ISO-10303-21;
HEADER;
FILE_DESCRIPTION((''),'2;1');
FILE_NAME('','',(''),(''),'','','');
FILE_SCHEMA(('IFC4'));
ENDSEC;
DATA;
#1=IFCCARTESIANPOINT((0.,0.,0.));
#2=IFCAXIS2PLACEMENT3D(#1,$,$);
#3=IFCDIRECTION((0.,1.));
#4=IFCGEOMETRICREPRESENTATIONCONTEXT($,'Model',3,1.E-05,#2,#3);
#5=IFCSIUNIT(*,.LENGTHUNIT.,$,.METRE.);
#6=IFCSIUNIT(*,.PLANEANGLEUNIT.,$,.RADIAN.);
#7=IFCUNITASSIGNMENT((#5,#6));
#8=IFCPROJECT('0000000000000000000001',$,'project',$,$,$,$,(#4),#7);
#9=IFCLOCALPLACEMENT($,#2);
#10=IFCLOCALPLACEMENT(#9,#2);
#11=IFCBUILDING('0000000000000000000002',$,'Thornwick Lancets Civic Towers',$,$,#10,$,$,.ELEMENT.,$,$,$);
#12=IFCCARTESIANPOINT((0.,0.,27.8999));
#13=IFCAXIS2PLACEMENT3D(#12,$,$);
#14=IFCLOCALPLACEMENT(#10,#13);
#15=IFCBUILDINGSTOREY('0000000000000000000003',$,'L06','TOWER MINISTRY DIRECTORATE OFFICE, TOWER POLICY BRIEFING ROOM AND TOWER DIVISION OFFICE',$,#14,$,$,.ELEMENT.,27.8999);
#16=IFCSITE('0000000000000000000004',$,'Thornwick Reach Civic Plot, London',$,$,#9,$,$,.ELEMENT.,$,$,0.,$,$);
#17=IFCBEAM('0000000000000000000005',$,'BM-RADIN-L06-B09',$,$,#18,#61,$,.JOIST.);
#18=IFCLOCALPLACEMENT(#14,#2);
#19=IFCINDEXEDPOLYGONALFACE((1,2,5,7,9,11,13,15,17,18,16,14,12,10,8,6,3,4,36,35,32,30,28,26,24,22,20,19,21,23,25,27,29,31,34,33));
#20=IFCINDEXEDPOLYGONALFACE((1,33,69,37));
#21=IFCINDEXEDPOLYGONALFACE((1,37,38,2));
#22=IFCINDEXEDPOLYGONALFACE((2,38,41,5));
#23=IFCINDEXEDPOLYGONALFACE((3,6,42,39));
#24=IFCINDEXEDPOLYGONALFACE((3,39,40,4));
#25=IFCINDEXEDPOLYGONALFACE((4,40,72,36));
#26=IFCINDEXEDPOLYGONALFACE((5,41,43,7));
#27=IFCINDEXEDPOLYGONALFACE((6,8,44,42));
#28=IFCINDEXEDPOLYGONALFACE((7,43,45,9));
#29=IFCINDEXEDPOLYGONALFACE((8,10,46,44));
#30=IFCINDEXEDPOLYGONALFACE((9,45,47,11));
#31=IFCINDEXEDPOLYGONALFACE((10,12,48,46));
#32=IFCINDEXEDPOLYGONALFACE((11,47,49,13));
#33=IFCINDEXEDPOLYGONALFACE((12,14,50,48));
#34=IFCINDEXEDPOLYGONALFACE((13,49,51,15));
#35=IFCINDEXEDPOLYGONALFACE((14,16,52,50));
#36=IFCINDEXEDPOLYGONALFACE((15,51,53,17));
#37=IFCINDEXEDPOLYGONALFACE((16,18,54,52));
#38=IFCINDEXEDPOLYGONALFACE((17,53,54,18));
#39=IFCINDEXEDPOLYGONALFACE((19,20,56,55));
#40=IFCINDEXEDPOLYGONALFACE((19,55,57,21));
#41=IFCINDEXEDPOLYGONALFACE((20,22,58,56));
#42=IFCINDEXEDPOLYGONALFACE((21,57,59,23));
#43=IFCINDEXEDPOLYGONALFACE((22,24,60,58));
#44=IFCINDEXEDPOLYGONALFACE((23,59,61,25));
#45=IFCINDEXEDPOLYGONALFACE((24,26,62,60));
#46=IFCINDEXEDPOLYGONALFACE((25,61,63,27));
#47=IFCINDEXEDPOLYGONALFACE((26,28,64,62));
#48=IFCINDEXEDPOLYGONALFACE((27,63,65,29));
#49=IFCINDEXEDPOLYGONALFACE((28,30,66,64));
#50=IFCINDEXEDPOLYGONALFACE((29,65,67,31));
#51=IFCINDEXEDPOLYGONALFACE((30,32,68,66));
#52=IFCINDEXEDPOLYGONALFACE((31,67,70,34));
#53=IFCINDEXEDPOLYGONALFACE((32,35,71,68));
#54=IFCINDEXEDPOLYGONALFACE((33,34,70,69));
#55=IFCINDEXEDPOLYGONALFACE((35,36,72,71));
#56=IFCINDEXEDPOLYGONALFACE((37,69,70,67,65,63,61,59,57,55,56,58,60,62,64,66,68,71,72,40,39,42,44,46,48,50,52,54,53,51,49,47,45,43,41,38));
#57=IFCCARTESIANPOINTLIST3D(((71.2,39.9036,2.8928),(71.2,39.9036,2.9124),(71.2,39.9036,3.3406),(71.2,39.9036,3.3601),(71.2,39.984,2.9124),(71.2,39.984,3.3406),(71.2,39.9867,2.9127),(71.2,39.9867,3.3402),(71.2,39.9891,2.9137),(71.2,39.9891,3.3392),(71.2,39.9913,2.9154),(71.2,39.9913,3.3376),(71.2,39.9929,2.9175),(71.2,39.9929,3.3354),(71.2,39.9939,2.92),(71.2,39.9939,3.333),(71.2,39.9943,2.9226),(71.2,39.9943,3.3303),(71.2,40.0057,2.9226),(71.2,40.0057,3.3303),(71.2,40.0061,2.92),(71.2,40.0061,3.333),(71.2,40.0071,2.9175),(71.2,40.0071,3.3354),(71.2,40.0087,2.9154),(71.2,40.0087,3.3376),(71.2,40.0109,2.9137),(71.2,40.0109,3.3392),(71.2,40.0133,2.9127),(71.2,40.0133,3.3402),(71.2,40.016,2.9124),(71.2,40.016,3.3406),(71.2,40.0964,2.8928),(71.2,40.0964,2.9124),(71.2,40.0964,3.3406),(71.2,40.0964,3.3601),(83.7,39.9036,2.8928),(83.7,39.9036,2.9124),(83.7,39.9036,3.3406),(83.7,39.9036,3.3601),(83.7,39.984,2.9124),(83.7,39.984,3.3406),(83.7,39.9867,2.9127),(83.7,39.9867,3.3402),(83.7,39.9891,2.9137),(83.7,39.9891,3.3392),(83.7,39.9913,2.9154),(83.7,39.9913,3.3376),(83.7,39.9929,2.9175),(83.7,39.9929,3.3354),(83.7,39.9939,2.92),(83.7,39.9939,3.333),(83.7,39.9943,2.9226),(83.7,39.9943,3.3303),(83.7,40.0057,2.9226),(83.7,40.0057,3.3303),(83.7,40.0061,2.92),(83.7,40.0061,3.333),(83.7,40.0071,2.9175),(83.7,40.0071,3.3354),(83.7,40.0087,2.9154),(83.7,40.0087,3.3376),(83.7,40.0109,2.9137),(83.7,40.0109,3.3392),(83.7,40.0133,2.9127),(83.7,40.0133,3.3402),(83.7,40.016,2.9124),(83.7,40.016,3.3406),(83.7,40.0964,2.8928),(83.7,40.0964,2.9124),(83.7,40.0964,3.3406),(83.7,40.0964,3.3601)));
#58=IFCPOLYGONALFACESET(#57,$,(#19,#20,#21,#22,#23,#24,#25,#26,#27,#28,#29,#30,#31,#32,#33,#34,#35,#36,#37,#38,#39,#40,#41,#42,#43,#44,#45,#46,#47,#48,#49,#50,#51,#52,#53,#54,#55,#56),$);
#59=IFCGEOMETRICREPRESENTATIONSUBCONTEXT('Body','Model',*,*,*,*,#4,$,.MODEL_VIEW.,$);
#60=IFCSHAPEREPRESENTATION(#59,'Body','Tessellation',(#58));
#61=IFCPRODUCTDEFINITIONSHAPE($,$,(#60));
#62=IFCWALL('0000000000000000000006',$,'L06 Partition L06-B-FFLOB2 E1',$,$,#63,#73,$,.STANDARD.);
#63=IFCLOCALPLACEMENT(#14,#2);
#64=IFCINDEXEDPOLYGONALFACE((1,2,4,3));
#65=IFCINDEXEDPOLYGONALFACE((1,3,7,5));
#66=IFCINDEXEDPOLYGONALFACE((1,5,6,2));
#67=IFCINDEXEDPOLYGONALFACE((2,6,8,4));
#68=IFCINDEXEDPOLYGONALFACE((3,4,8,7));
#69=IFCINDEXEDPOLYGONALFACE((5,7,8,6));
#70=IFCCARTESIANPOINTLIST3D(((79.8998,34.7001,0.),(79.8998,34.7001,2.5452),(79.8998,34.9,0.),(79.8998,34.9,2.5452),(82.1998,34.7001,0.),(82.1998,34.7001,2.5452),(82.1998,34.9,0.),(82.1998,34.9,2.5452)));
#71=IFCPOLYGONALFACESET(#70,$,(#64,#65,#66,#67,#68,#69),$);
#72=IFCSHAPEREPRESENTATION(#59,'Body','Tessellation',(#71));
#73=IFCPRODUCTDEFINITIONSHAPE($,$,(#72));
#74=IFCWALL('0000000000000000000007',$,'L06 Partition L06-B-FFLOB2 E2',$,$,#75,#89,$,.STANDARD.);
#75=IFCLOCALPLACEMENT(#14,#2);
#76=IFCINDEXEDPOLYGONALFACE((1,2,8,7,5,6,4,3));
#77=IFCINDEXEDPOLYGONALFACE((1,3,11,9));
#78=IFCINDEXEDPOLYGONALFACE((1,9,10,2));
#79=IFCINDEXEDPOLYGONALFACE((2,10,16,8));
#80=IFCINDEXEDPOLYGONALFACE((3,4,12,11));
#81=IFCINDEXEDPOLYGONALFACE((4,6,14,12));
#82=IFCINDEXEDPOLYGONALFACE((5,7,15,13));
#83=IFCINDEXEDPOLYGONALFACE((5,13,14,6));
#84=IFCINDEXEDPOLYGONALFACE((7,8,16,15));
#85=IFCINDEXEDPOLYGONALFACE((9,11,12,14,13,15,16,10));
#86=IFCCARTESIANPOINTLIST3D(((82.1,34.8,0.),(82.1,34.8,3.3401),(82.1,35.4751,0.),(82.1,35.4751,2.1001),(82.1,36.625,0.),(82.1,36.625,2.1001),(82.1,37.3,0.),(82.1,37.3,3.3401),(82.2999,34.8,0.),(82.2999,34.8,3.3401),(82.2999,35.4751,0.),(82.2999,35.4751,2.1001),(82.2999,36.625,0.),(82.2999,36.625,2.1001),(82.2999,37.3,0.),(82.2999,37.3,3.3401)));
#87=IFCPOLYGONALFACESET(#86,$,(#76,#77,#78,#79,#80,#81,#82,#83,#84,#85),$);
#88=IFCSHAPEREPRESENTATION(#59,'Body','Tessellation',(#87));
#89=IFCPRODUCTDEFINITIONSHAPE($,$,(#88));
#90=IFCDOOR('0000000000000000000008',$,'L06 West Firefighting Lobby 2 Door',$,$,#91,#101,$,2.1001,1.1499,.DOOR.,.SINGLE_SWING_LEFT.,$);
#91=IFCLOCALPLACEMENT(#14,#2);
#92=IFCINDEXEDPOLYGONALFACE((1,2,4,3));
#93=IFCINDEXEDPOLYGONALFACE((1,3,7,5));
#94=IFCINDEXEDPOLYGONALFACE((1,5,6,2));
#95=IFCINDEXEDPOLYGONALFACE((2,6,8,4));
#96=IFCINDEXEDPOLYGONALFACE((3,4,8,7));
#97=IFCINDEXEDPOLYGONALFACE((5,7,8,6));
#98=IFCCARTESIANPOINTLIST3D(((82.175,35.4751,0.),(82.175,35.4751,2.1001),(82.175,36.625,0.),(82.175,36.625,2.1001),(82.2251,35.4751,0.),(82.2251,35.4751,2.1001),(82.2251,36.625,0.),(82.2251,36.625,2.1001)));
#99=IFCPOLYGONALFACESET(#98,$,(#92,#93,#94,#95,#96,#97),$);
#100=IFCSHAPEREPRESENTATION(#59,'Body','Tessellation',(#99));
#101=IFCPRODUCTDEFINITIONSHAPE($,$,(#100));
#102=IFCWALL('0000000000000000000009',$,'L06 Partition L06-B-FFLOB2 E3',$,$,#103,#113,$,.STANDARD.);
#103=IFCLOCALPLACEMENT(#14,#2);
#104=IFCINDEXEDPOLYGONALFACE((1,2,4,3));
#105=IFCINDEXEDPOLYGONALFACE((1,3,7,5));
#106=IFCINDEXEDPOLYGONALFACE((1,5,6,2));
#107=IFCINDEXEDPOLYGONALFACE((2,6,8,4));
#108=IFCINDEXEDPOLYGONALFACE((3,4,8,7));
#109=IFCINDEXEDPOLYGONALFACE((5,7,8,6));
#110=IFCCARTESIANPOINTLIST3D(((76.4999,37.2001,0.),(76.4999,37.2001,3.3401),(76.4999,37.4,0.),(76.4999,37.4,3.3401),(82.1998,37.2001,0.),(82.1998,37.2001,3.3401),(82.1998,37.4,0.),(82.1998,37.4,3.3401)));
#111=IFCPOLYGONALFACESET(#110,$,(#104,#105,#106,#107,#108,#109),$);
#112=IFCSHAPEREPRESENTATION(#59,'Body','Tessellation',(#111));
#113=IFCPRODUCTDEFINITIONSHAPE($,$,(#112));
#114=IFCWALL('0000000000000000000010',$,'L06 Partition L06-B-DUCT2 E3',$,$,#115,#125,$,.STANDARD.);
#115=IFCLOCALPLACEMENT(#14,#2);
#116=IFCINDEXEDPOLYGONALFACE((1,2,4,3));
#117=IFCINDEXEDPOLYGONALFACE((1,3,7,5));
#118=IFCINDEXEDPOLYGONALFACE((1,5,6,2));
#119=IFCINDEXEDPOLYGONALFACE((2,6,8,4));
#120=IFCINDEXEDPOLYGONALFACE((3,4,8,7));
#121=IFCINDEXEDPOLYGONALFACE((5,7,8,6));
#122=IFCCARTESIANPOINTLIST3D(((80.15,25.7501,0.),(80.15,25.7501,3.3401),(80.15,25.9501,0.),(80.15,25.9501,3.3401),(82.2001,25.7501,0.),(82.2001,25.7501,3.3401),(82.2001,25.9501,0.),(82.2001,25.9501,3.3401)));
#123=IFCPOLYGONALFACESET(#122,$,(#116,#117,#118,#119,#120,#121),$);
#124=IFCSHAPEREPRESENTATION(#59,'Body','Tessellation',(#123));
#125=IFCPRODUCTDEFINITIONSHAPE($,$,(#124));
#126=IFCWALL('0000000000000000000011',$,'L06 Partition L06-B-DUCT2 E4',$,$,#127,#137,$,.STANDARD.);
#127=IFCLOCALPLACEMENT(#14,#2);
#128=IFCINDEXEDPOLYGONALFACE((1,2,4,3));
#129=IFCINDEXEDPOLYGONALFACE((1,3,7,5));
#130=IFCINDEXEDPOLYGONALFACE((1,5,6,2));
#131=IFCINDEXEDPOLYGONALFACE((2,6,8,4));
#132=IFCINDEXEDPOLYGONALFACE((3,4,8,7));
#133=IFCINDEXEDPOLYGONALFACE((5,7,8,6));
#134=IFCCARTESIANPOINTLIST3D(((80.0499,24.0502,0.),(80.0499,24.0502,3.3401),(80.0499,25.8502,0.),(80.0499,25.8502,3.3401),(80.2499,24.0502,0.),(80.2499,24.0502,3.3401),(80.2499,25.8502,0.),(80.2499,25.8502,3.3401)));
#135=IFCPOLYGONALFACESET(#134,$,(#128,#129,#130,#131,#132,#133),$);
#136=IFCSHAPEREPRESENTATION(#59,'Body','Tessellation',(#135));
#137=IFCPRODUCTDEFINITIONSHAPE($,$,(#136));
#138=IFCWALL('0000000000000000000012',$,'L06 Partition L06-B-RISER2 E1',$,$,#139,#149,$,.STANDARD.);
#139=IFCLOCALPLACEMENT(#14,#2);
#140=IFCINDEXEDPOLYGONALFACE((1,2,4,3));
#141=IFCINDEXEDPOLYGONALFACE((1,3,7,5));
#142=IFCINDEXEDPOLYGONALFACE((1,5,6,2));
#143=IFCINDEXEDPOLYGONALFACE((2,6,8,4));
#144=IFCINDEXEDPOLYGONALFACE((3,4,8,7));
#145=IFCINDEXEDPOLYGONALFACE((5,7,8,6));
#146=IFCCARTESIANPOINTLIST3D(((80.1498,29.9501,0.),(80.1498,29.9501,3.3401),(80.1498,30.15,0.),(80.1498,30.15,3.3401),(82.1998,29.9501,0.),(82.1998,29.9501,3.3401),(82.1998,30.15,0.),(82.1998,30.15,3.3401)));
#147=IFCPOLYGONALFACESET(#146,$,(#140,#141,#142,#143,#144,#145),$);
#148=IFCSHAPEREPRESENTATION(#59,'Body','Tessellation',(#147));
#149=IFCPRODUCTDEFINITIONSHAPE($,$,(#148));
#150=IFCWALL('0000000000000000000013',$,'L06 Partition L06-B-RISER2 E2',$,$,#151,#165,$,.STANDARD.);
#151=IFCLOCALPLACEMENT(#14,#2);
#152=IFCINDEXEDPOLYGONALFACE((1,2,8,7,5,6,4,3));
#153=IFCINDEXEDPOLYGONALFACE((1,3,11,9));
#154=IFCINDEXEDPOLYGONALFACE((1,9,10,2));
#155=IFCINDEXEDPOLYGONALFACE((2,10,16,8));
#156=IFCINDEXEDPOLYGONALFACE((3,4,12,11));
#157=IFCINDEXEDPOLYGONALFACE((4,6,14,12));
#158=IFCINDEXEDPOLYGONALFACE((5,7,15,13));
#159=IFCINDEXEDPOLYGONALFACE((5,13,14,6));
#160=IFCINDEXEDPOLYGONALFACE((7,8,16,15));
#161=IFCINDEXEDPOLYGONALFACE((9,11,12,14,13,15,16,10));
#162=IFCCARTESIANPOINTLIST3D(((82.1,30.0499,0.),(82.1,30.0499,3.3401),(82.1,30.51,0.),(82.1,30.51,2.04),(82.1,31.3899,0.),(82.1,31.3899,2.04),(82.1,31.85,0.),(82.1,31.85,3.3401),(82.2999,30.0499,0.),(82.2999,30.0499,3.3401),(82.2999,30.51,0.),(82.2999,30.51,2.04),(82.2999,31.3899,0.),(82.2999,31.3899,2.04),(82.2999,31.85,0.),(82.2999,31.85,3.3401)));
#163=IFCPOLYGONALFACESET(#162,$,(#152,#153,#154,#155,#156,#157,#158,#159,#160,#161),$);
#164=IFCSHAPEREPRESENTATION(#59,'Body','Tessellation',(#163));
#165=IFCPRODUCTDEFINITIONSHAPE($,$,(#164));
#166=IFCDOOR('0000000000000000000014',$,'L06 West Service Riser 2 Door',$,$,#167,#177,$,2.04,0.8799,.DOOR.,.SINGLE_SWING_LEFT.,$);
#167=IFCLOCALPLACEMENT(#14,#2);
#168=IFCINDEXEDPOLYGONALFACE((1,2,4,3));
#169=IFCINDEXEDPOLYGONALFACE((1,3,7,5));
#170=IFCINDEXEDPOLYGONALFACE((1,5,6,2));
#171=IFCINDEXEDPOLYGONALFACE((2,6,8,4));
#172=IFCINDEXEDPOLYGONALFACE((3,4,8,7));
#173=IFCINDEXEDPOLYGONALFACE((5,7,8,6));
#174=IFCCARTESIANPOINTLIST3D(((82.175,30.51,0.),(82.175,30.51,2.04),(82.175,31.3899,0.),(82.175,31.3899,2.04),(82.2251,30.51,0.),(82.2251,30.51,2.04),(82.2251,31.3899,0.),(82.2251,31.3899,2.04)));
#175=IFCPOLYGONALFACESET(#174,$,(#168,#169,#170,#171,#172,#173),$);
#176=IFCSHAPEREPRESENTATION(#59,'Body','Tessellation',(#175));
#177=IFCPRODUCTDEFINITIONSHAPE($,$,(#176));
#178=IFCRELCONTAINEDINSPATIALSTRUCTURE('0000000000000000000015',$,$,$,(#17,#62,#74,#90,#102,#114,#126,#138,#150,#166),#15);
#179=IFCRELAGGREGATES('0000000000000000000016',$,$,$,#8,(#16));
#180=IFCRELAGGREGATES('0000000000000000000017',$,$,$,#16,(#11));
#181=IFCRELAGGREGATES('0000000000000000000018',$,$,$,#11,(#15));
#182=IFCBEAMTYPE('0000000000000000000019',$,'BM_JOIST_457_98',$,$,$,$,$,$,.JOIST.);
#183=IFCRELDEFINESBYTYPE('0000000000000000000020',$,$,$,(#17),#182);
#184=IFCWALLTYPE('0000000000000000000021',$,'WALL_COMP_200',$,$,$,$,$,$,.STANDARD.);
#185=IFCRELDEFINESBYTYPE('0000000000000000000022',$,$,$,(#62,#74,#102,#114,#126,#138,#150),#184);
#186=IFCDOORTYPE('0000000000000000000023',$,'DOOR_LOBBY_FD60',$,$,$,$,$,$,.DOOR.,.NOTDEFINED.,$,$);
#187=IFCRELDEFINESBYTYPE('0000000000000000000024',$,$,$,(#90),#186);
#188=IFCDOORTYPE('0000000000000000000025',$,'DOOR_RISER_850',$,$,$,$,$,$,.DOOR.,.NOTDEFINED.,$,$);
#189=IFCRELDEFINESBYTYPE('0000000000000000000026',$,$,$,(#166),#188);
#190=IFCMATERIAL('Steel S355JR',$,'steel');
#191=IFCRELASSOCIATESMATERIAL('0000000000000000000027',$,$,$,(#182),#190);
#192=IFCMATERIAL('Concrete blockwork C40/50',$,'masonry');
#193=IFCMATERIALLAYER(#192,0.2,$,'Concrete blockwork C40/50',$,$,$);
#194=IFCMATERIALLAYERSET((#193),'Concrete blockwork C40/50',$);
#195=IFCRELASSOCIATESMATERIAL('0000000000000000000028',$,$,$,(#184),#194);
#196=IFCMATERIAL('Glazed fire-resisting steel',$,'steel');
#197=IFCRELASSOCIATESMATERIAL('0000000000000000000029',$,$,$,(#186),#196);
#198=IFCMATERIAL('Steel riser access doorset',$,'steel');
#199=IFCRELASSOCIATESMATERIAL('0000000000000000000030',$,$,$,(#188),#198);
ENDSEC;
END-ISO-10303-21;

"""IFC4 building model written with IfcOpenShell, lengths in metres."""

from ifc_helpers import new_model, si_unit, direction, frame, frame_2d, origin, origin_2d, place, context, subcontext, project, spatial, rectangle, i_section, extrude, material, layer, layer_set, material_profile, profile_set, type_object, element, fill, save


model = new_model("IFC4")

# Units and contexts
model_context = context("Model", 3, precision=1e-05, world=origin(), true_north=direction((0.0, 1.0)))
body_context = subcontext(model_context, "Body", "Model", "MODEL_VIEW")
ifc_project = project(units=[si_unit("LENGTHUNIT", "METRE"), si_unit("PLANEANGLEUNIT", "RADIAN")], contexts=[model_context])

# Site, building, storey
site_placement = place(None, origin())
site = spatial("IfcSite", under=ifc_project, at=site_placement, Name="Thornwick Reach Civic Plot, London", CompositionType="ELEMENT", RefElevation=0.0)
building_placement = place(site_placement, origin())
building = spatial("IfcBuilding", under=site, at=building_placement, Name="Thornwick Lancets Civic Towers", CompositionType="ELEMENT")
storey_placement = place(building_placement, frame((0.0, 0.0, 27.8999)))
storey = spatial("IfcBuildingStorey", under=building, at=storey_placement, Name="L06", Description="TOWER MINISTRY DIRECTORATE OFFICE, TOWER POLICY BRIEFING ROOM AND TOWER DIVISION OFFICE", CompositionType="ELEMENT", Elevation=27.8999)

# Beam
ifc_material_1 = material(Name="Steel S355JR", Category="steel")
ifc_material_profile_1 = material_profile(ifc_material_1, i_section(OverallWidth=0.1929, OverallDepth=0.4673, WebThickness=0.0115, FlangeThickness=0.0195, FilletRadius=0.0103, at=origin_2d()), Name="UKB 457x191x98")
ifc_profile_set_1 = profile_set([ifc_material_profile_1], Name="Steel S355JR")
beam_type_1 = type_object("IfcBeamType", Name="BM_JOIST_457_98", PredefinedType="JOIST", material=ifc_profile_set_1)
beam_1_placement = place(storey_placement, frame((83.7, 40.0, 3.1265), z_axis=(-1.0, 0.0, 0.0), x_axis=(0.0, -1.0, 0.0)))
element("IfcBeam", 1, at=beam_1_placement, inside=storey, type_object=beam_type_1, Name="BM-RADIN-L06-B09", PredefinedType="JOIST", context=body_context, shape_type="SweptSolid", body=[
    extrude(i_section(OverallWidth=0.1929, OverallDepth=0.4673, WebThickness=0.0115, FlangeThickness=0.0195, FilletRadius=0.0103, at=origin_2d()), origin(), (0.0, 0.0, 1.0), 12.5),
])

# Wall
ifc_material_2 = material(Name="Concrete blockwork C40/50", Category="masonry")
ifc_layer_1 = layer(ifc_material_2, 0.2, Name="Concrete blockwork C40/50")
ifc_layer_set_1 = layer_set([ifc_layer_1], Name="Concrete blockwork C40/50")
wall_type_1 = type_object("IfcWallType", Name="WALL_COMP_200", PredefinedType="STANDARD", material=ifc_layer_set_1)
wall_1_placement = place(storey_placement, frame((79.8999, 34.8, 0.0), z_axis=(0.0, 0.0, 1.0), x_axis=(1.0, 0.0, 0.0)))
element("IfcWall", 2, at=wall_1_placement, inside=storey, type_object=wall_type_1, Name="L06 Partition L06-B-FFLOB2 E1", PredefinedType="STANDARD", context=body_context, shape_type="SweptSolid", body=[
    extrude(rectangle(XDim=2.3, YDim=0.2, at=frame_2d((1.1499, 0.0))), origin(), (0.0, 0.0, 1.0), 2.5452),
])

# Wall, opening, door
wall_2_placement = place(storey_placement, frame((82.2, 34.8, 0.0), z_axis=(0.0, 0.0, 1.0), x_axis=(0.0, 1.0, 0.0)))
wall_2 = element("IfcWall", 3, at=wall_2_placement, inside=storey, type_object=wall_type_1, Name="L06 Partition L06-B-FFLOB2 E2", PredefinedType="STANDARD", context=body_context, shape_type="SweptSolid", body=[
    extrude(rectangle(XDim=2.5, YDim=0.2, at=frame_2d((1.25, 0.0))), origin(), (0.0, 0.0, 1.0), 3.3401),
])
opening_1_placement = place(wall_2_placement, frame((0.675, 0.0, 0.0)))
opening_1 = element("IfcOpeningElement", 4, at=opening_1_placement, cuts=wall_2, PredefinedType="OPENING", context=body_context, shape_type="SweptSolid", body=[
    extrude(rectangle(XDim=1.1499, YDim=2.1001, at=frame_2d((0.575, 1.05))), frame((0.0, 0.1099, 0.0), z_axis=(0.0, -1.0, 0.0), x_axis=(1.0, 0.0, 0.0)), (0.0, 0.0, 1.0), 0.22),
])
ifc_material_3 = material(Name="Glazed fire-resisting steel", Category="steel")
door_type_1 = type_object("IfcDoorType", Name="DOOR_LOBBY_FD60", OperationType="NOTDEFINED", PredefinedType="DOOR", material=ifc_material_3)
door_1_placement = place(opening_1_placement, origin())
door_1 = element("IfcDoor", 5, at=door_1_placement, inside=storey, type_object=door_type_1, Name="L06 West Firefighting Lobby 2 Door", OperationType="SINGLE_SWING_LEFT", OverallHeight=2.1001, OverallWidth=1.1499, PredefinedType="DOOR", context=body_context, shape_type="SweptSolid", body=[
    extrude(rectangle(XDim=1.1499, YDim=2.1001, at=frame_2d((0.575, 1.05))), frame((0.0, 0.0249, 0.0), z_axis=(0.0, -1.0, 0.0), x_axis=(1.0, 0.0, 0.0)), (0.0, 0.0, 1.0), 0.05),
])
fill(opening_1, door_1)

# Walls
wall_3_placement = place(storey_placement, frame((82.2, 37.3, 0.0), z_axis=(0.0, 0.0, 1.0), x_axis=(-1.0, 0.0, 0.0)))
element("IfcWall", 6, at=wall_3_placement, inside=storey, type_object=wall_type_1, Name="L06 Partition L06-B-FFLOB2 E3", PredefinedType="STANDARD", context=body_context, shape_type="SweptSolid", body=[
    extrude(rectangle(XDim=5.7, YDim=0.2, at=frame_2d((2.8501, 0.0))), origin(), (0.0, 0.0, 1.0), 3.3401),
])
wall_4_placement = place(storey_placement, frame((82.2, 25.8501, 0.0), z_axis=(0.0, 0.0, 1.0), x_axis=(-1.0, 0.0, 0.0)))
element("IfcWall", 7, at=wall_4_placement, inside=storey, type_object=wall_type_1, Name="L06 Partition L06-B-DUCT2 E3", PredefinedType="STANDARD", context=body_context, shape_type="SweptSolid", body=[
    extrude(rectangle(XDim=2.05, YDim=0.2, at=frame_2d((1.0249, 0.0))), origin(), (0.0, 0.0, 1.0), 3.3401),
])
wall_5_placement = place(storey_placement, frame((80.1499, 25.8501, 0.0), z_axis=(0.0, 0.0, 1.0), x_axis=(0.0, -1.0, 0.0)))
element("IfcWall", 8, at=wall_5_placement, inside=storey, type_object=wall_type_1, Name="L06 Partition L06-B-DUCT2 E4", PredefinedType="STANDARD", context=body_context, shape_type="SweptSolid", body=[
    extrude(rectangle(XDim=1.8, YDim=0.2, at=frame_2d((0.8999, 0.0))), origin(), (0.0, 0.0, 1.0), 3.3401),
])
wall_6_placement = place(storey_placement, frame((80.1499, 30.05, 0.0), z_axis=(0.0, 0.0, 1.0), x_axis=(1.0, 0.0, 0.0)))
element("IfcWall", 9, at=wall_6_placement, inside=storey, type_object=wall_type_1, Name="L06 Partition L06-B-RISER2 E1", PredefinedType="STANDARD", context=body_context, shape_type="SweptSolid", body=[
    extrude(rectangle(XDim=2.05, YDim=0.2, at=frame_2d((1.0249, 0.0))), origin(), (0.0, 0.0, 1.0), 3.3401),
])

# Wall, opening, door
wall_7_placement = place(storey_placement, frame((82.2, 30.05, 0.0), z_axis=(0.0, 0.0, 1.0), x_axis=(0.0, 1.0, 0.0)))
wall_7 = element("IfcWall", 10, at=wall_7_placement, inside=storey, type_object=wall_type_1, Name="L06 Partition L06-B-RISER2 E2", PredefinedType="STANDARD", context=body_context, shape_type="SweptSolid", body=[
    extrude(rectangle(XDim=1.8, YDim=0.2, at=frame_2d((0.8999, 0.0))), origin(), (0.0, 0.0, 1.0), 3.3401),
])
opening_2_placement = place(wall_7_placement, frame((0.46, 0.0, 0.0)))
opening_2 = element("IfcOpeningElement", 11, at=opening_2_placement, cuts=wall_7, PredefinedType="OPENING", context=body_context, shape_type="SweptSolid", body=[
    extrude(rectangle(XDim=0.8799, YDim=2.04, at=frame_2d((0.4399, 1.02))), frame((0.0, 0.1099, 0.0), z_axis=(0.0, -1.0, 0.0), x_axis=(1.0, 0.0, 0.0)), (0.0, 0.0, 1.0), 0.22),
])
ifc_material_4 = material(Name="Steel riser access doorset", Category="steel")
door_type_2 = type_object("IfcDoorType", Name="DOOR_RISER_850", OperationType="NOTDEFINED", PredefinedType="DOOR", material=ifc_material_4)
door_2_placement = place(opening_2_placement, origin())
door_2 = element("IfcDoor", 12, at=door_2_placement, inside=storey, type_object=door_type_2, Name="L06 West Service Riser 2 Door", OperationType="SINGLE_SWING_LEFT", OverallHeight=2.04, OverallWidth=0.8799, PredefinedType="DOOR", context=body_context, shape_type="SweptSolid", body=[
    extrude(rectangle(XDim=0.8799, YDim=2.04, at=frame_2d((0.4399, 1.02))), frame((0.0, 0.0249, 0.0), z_axis=(0.0, -1.0, 0.0), x_axis=(1.0, 0.0, 0.0)), (0.0, 0.0, 1.0), 0.05),
])
fill(opening_2, door_2)

save(model, "model.ifc")
